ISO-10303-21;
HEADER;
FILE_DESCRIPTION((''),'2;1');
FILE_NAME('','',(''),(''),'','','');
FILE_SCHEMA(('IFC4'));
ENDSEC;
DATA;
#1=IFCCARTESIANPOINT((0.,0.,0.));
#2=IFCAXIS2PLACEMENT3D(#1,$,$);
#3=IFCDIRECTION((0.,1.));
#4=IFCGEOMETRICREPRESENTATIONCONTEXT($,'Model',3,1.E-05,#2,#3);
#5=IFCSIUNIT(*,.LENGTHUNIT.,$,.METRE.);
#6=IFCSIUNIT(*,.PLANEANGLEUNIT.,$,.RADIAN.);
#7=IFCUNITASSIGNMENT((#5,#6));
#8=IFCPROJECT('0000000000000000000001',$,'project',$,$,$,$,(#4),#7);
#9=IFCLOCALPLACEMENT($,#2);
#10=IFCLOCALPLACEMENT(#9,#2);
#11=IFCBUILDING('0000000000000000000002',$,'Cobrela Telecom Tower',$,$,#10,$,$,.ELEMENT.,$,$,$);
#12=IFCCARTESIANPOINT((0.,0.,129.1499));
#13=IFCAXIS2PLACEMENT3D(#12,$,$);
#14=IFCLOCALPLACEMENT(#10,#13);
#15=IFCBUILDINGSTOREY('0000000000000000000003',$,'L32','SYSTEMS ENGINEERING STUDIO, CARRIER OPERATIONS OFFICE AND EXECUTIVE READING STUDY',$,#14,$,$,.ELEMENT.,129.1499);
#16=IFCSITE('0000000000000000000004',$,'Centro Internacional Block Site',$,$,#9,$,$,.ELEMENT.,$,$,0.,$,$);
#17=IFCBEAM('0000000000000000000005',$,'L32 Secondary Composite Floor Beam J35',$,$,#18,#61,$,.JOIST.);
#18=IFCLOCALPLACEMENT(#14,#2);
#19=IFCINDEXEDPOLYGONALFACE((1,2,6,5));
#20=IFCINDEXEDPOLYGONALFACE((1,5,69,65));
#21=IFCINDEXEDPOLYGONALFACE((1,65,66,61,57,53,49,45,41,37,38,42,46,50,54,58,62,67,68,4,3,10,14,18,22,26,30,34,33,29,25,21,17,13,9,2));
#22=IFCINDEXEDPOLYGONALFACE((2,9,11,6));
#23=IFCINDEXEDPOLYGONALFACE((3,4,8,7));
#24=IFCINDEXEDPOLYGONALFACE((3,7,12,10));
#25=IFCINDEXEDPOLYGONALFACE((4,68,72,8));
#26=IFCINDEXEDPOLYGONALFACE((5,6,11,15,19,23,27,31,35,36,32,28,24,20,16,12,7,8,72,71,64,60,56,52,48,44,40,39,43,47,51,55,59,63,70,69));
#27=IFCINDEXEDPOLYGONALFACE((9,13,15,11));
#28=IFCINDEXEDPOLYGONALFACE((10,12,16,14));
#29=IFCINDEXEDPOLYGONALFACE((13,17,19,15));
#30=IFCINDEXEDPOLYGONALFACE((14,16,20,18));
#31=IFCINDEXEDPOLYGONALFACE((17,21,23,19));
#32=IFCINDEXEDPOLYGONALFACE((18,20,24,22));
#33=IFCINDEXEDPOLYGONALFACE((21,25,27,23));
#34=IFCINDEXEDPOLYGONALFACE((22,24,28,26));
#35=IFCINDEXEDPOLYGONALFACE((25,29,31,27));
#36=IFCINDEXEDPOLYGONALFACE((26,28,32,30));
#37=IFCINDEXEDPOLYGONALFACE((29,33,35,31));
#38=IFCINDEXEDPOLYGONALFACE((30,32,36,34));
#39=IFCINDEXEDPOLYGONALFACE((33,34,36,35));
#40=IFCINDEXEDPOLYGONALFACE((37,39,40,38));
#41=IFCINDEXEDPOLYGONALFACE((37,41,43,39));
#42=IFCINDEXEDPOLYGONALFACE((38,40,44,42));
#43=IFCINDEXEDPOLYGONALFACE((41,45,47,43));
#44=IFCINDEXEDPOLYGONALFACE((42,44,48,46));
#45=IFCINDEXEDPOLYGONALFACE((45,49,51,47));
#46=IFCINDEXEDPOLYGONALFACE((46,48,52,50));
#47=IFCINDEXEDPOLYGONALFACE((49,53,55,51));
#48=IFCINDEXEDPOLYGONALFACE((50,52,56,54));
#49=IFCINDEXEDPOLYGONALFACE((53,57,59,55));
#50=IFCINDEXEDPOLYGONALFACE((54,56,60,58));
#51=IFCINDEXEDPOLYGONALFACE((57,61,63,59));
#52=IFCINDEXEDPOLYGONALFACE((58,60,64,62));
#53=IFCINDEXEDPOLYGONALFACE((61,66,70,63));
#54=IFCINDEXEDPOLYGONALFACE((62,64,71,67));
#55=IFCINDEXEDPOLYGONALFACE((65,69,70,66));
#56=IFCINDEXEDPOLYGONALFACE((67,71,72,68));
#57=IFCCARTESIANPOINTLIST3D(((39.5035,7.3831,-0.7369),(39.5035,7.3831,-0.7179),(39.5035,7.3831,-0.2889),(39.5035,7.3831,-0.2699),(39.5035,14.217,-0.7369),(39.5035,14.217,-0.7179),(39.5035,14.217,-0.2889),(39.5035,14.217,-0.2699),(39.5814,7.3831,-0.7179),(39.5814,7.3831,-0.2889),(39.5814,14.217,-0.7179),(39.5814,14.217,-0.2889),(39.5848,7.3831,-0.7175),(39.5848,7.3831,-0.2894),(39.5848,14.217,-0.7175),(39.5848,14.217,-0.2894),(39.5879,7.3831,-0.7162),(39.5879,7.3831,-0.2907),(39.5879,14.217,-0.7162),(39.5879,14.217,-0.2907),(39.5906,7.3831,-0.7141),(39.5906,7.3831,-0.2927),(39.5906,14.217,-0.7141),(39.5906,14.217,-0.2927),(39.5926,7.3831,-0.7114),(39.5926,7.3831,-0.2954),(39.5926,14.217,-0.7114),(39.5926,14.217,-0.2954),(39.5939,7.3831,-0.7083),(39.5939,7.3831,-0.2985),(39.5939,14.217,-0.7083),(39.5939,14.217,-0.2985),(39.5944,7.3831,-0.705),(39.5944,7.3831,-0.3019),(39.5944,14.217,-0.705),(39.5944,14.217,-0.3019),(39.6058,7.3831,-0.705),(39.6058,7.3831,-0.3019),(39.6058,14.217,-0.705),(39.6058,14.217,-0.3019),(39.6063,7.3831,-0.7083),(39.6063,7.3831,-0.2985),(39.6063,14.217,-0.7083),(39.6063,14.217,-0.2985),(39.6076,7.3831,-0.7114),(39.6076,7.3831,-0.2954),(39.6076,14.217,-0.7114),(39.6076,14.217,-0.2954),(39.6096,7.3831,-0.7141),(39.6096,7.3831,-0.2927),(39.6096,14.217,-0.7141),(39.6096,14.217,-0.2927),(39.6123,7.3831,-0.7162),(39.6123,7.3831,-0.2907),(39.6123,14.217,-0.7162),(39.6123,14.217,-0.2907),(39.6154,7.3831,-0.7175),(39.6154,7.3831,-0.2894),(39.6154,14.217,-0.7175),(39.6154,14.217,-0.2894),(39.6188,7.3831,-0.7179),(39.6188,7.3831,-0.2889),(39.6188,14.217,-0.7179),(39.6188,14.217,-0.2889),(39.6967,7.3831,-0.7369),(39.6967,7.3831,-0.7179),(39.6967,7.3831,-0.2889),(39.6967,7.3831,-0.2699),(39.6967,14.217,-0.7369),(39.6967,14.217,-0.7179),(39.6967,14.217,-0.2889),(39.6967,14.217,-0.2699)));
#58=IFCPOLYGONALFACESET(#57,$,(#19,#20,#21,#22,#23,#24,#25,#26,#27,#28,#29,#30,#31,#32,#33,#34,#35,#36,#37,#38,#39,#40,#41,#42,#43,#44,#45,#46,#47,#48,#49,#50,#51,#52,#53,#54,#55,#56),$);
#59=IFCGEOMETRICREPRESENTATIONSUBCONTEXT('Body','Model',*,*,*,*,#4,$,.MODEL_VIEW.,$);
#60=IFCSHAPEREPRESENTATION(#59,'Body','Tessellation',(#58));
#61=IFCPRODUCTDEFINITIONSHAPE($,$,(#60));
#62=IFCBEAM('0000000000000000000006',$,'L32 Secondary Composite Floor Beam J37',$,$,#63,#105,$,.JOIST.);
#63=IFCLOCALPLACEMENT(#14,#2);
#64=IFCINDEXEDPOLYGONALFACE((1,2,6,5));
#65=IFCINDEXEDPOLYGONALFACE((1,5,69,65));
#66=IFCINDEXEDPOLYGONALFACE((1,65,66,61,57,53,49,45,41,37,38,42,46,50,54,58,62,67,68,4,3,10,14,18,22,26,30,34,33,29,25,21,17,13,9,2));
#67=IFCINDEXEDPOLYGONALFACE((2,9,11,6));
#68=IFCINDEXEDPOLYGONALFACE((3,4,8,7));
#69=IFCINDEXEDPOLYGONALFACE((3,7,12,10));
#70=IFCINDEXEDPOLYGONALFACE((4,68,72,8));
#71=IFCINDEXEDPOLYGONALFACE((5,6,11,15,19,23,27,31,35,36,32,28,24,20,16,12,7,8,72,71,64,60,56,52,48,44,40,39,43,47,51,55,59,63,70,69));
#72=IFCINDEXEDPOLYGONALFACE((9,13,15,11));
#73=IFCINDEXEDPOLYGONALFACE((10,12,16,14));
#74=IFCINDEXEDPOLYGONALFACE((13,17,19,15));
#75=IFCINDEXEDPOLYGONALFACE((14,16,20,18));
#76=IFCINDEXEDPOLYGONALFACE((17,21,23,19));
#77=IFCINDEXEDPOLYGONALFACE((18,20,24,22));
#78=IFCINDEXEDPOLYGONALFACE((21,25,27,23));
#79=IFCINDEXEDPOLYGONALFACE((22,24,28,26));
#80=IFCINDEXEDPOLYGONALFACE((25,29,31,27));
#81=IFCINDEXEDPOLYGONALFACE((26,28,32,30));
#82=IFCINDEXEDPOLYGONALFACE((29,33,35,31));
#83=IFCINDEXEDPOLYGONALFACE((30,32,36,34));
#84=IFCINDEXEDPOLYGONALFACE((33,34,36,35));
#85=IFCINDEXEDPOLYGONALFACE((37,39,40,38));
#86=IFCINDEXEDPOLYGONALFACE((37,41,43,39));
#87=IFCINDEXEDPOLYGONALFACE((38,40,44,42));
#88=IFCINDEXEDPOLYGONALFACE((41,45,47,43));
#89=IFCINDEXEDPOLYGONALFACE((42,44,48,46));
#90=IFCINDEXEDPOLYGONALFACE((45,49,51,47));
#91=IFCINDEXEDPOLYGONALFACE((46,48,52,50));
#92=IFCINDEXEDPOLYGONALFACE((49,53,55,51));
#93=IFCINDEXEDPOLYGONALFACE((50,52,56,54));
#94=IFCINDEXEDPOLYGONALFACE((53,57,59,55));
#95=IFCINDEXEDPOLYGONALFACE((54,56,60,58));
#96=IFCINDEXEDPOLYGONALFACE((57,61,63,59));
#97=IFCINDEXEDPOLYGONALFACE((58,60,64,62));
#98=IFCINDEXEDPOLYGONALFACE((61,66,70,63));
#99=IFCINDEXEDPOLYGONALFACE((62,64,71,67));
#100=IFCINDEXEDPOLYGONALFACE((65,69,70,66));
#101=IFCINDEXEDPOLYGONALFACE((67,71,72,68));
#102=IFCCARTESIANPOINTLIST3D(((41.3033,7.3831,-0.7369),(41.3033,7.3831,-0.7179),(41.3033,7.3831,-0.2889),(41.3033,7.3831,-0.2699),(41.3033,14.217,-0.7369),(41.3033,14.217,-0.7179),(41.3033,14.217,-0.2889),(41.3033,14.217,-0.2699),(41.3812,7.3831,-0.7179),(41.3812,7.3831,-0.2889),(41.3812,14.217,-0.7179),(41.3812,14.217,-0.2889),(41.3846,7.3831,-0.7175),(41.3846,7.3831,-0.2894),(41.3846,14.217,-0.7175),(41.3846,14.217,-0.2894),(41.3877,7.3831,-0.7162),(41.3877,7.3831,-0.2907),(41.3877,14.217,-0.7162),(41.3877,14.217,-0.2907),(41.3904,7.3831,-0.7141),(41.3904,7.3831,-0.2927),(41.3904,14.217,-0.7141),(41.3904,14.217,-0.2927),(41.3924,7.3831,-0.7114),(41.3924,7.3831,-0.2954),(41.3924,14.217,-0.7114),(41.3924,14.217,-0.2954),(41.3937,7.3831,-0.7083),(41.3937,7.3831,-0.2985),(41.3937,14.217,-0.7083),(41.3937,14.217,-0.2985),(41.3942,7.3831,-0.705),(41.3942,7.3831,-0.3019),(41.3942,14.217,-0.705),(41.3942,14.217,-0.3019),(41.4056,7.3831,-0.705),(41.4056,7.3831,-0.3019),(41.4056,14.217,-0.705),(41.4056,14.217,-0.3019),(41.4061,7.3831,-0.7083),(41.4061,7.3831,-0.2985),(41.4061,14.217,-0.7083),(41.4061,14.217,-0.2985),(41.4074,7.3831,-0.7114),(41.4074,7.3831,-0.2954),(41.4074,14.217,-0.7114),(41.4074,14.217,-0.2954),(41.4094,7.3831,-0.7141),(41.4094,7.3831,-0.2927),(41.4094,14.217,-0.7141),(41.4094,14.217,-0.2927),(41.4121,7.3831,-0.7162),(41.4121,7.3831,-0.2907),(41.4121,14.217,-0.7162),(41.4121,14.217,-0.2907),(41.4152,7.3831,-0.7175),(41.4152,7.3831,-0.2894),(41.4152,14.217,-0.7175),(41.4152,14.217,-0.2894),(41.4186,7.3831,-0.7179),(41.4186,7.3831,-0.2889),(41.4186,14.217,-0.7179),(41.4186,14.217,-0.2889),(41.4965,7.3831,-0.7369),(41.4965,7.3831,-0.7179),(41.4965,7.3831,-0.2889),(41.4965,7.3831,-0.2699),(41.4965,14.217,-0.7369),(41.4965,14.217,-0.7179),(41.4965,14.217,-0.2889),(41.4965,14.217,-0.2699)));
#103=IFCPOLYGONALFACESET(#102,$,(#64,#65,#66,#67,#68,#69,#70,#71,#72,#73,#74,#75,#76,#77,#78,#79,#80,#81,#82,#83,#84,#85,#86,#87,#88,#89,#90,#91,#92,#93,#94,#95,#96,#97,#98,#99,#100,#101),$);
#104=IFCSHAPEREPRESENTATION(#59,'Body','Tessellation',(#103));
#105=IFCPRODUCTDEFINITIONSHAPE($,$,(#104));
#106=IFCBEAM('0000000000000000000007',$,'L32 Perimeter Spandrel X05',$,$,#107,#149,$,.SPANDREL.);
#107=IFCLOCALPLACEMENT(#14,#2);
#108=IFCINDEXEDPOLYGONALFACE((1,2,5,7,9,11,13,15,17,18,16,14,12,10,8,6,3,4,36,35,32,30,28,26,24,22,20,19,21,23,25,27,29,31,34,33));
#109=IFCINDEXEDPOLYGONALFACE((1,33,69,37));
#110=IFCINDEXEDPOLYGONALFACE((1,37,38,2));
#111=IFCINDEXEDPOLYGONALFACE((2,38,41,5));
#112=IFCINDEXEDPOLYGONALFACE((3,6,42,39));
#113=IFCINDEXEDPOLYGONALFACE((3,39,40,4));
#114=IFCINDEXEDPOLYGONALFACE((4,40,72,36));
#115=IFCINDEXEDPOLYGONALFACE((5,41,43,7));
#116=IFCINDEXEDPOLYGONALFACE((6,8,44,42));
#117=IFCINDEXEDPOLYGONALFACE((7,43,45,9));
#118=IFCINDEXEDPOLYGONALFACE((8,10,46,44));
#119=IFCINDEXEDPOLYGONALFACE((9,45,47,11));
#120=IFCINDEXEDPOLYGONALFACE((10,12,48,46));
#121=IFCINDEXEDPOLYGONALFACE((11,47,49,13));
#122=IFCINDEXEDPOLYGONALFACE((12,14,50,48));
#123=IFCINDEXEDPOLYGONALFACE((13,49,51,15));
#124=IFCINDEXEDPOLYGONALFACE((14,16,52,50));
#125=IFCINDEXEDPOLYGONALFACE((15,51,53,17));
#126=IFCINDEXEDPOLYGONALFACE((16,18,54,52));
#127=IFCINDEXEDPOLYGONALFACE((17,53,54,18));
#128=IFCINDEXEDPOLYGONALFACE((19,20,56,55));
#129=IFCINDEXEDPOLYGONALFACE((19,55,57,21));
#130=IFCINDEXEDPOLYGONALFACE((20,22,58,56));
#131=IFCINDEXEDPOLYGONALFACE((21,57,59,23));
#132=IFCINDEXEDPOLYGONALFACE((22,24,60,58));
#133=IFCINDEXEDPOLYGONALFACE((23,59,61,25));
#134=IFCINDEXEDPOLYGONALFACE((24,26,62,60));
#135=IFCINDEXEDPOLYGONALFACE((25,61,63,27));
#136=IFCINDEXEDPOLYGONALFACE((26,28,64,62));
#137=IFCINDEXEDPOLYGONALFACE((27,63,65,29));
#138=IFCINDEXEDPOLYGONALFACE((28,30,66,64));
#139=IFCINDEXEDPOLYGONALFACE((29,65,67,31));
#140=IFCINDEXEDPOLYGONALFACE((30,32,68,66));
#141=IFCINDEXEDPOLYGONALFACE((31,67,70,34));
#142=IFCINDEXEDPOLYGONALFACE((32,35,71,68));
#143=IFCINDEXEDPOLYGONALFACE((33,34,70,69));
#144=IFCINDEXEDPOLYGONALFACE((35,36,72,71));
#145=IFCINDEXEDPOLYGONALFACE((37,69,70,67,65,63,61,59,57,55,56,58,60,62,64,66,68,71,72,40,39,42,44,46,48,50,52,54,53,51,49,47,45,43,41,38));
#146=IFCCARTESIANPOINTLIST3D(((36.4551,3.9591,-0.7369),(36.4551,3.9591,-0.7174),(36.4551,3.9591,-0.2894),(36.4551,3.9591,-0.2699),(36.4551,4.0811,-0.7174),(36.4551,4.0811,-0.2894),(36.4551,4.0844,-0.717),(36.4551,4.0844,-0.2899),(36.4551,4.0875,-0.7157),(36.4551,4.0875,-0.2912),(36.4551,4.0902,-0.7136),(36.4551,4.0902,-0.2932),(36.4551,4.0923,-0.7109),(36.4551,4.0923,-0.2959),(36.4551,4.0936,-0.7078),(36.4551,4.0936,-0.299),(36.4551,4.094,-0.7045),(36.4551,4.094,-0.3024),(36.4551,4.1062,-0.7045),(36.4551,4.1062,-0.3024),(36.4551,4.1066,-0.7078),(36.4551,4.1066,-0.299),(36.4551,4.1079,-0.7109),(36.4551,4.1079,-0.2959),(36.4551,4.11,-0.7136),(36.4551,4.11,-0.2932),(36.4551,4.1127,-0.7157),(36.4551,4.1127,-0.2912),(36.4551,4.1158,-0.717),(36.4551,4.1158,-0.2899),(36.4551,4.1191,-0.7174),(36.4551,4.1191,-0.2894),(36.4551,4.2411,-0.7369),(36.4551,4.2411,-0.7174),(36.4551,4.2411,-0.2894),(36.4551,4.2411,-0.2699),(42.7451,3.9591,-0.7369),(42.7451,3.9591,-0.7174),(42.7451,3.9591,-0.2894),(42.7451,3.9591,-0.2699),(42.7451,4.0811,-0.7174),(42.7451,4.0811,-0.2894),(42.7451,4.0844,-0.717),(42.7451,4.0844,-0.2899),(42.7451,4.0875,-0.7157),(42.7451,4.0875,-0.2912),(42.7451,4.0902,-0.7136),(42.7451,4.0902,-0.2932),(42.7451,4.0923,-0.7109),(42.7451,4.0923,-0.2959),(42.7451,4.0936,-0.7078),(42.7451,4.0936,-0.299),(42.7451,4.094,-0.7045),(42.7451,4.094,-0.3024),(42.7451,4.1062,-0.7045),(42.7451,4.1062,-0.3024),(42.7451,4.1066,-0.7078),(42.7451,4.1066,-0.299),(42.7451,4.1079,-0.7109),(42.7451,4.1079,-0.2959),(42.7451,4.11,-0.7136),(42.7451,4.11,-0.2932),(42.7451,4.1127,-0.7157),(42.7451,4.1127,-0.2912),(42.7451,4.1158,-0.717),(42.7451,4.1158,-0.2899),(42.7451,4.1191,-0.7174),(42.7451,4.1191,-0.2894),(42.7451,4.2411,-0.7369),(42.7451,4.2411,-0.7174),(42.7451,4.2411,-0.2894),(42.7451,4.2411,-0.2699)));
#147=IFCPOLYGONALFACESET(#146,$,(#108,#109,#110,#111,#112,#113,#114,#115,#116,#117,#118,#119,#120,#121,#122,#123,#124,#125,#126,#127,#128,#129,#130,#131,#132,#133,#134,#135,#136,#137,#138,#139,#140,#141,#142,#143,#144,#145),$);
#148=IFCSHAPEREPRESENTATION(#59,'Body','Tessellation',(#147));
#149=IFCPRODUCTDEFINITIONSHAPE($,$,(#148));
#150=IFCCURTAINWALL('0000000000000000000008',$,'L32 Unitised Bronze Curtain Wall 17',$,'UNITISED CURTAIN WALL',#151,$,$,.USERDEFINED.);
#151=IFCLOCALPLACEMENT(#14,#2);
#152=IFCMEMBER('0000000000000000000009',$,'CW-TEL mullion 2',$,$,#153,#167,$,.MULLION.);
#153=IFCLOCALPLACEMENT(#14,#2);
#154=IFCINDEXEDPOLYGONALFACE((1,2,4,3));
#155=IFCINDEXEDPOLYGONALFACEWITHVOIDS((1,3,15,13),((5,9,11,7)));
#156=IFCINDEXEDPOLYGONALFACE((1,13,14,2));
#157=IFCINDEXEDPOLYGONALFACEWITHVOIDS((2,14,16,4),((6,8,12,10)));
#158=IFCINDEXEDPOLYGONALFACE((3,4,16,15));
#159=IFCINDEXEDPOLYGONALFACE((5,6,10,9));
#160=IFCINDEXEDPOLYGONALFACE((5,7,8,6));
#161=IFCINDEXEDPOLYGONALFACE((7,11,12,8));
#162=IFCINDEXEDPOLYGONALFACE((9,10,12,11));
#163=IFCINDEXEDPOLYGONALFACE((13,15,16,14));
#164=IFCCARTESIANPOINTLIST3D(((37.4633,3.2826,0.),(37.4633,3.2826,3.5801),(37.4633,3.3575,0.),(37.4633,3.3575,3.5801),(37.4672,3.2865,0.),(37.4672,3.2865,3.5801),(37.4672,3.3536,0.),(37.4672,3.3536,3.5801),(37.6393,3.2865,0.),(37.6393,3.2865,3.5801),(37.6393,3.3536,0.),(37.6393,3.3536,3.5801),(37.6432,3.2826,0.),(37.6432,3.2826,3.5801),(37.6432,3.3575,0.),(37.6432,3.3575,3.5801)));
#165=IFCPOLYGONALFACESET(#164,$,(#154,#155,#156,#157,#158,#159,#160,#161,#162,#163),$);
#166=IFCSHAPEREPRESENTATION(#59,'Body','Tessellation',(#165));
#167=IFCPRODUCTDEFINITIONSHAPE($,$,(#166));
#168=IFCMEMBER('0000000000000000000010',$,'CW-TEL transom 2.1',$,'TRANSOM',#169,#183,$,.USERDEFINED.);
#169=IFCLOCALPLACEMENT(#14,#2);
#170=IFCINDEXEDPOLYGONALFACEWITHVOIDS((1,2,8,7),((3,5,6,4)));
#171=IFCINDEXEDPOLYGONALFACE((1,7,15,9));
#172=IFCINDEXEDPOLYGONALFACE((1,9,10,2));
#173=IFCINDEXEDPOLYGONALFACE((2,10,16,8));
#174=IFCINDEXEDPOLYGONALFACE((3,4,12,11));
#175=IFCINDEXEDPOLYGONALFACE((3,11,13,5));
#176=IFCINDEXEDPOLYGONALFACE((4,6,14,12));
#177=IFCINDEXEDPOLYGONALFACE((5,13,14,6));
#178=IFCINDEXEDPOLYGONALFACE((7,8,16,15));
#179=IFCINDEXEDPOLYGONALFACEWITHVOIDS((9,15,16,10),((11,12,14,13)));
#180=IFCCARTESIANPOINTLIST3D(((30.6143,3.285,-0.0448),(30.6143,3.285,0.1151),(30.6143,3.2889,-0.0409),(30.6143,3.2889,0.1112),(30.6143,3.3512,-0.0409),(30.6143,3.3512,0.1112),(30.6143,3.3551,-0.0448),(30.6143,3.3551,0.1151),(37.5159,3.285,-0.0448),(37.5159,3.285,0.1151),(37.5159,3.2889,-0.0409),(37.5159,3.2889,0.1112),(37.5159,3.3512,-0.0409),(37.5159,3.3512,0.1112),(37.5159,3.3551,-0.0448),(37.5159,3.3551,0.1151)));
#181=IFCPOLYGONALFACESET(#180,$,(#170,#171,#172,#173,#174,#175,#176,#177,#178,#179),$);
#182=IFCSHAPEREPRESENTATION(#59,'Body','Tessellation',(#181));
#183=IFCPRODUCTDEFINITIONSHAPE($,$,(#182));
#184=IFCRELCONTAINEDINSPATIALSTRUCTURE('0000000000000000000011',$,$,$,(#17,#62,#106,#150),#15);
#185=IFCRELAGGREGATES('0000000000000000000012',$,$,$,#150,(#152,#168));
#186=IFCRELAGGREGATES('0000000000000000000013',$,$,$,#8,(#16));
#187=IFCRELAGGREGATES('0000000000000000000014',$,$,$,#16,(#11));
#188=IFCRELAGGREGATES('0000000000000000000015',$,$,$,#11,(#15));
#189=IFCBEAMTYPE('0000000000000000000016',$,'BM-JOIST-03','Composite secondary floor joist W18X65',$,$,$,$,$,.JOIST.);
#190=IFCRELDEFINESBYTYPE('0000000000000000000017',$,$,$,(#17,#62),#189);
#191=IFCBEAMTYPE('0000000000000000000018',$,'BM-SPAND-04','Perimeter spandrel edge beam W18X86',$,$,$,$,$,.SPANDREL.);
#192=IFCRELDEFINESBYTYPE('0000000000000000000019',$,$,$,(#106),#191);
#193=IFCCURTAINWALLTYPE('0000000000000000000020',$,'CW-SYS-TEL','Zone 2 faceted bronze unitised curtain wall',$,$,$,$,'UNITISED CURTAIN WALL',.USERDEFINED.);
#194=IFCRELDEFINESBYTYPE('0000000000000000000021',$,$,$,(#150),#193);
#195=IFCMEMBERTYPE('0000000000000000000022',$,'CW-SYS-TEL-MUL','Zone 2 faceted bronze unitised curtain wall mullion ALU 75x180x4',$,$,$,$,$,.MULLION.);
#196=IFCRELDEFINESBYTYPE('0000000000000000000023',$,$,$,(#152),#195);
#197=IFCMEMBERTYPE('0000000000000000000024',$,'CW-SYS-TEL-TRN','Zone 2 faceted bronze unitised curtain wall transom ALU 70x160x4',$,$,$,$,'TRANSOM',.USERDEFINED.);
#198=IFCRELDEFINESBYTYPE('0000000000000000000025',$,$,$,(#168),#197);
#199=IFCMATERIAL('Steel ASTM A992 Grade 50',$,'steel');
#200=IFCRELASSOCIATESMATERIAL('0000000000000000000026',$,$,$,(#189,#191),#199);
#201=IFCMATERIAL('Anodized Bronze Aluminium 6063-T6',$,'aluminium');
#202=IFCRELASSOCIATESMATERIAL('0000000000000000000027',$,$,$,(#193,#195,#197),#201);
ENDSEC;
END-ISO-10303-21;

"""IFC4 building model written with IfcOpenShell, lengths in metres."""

from ifc_helpers import new_model, si_unit, direction, frame, origin, origin_2d, place, context, subcontext, project, spatial, hollow_rectangle, i_section, extrude, material, material_profile, profile_set, type_object, element, aggregate, save


model = new_model("IFC4")

# Units and contexts
model_context = context("Model", 3, precision=1e-05, world=origin(), true_north=direction((0.0, 1.0)))
body_context = subcontext(model_context, "Body", "Model", "MODEL_VIEW")
ifc_project = project(units=[si_unit("LENGTHUNIT", "METRE"), si_unit("PLANEANGLEUNIT", "RADIAN")], contexts=[model_context])

# Site, building, storey
site_placement = place(None, origin())
site = spatial("IfcSite", under=ifc_project, at=site_placement, Name="Centro Internacional Block Site", CompositionType="ELEMENT", RefElevation=0.0)
building_placement = place(site_placement, origin())
building = spatial("IfcBuilding", under=site, at=building_placement, Name="Cobrela Telecom Tower", CompositionType="ELEMENT")
storey_placement = place(building_placement, frame((0.0, 0.0, 129.1499)))
storey = spatial("IfcBuildingStorey", under=building, at=storey_placement, Name="L32", Description="SYSTEMS ENGINEERING STUDIO, CARRIER OPERATIONS OFFICE AND EXECUTIVE READING STUDY", CompositionType="ELEMENT", Elevation=129.1499)

# Shared definitions
ifc_material_1 = material(Name="Steel ASTM A992 Grade 50", Category="steel")

# Beams
ifc_material_profile_1 = material_profile(ifc_material_1, i_section(OverallWidth=0.1931, OverallDepth=0.467, WebThickness=0.0115, FlangeThickness=0.019, FilletRadius=0.0129, at=origin_2d()), Name="W18X65")
ifc_profile_set_1 = profile_set([ifc_material_profile_1], Name="Steel ASTM A992 Grade 50")
beam_type_1 = type_object("IfcBeamType", Name="BM-JOIST-03", Description="Composite secondary floor joist W18X65", PredefinedType="JOIST", material=ifc_profile_set_1)
for number, where, z_axis, x_axis, name in (
    (1, (39.6001, 7.3831, -0.5034), (0.0, 1.0, 0.0), (-1.0, 0.0, 0.0), "L32 Secondary Composite Floor Beam J35"),
    (2, (41.3999, 7.3831, -0.5034), (0.0, 1.0, 0.0), (-1.0, 0.0, 0.0), "L32 Secondary Composite Floor Beam J37"),
):
    element("IfcBeam", number, at=place(storey_placement, frame(where, z_axis=z_axis, x_axis=x_axis)), inside=storey, type_object=beam_type_1, Name=name, PredefinedType="JOIST", context=body_context, shape_type="SweptSolid", body=[
        extrude(i_section(OverallWidth=0.1931, OverallDepth=0.467, WebThickness=0.0115, FlangeThickness=0.019, FilletRadius=0.0129, at=origin_2d()), origin(), (0.0, 0.0, 1.0), 6.834),
    ])
ifc_material_profile_2 = material_profile(ifc_material_1, i_section(OverallWidth=0.282, OverallDepth=0.467, WebThickness=0.0122, FlangeThickness=0.0195, FilletRadius=0.0129, at=origin_2d()), Name="W18X86")
ifc_profile_set_2 = profile_set([ifc_material_profile_2], Name="Steel ASTM A992 Grade 50")
beam_type_2 = type_object("IfcBeamType", Name="BM-SPAND-04", Description="Perimeter spandrel edge beam W18X86", PredefinedType="SPANDREL", material=ifc_profile_set_2)
beam_1_placement = place(storey_placement, frame((36.4551, 4.1001, -0.5034), z_axis=(1.0, 0.0, 0.0), x_axis=(0.0, 1.0, 0.0)))
element("IfcBeam", 3, at=beam_1_placement, inside=storey, type_object=beam_type_2, Name="L32 Perimeter Spandrel X05", PredefinedType="SPANDREL", context=body_context, shape_type="SweptSolid", body=[
    extrude(i_section(OverallWidth=0.282, OverallDepth=0.467, WebThickness=0.0122, FlangeThickness=0.0195, FilletRadius=0.0129, at=origin_2d()), origin(), (0.0, 0.0, 1.0), 6.29),
])

# Curtain wall, members
ifc_material_2 = material(Name="Anodized Bronze Aluminium 6063-T6", Category="aluminium")
curtain_wall_type = type_object("IfcCurtainWallType", Name="CW-SYS-TEL", Description="Zone 2 faceted bronze unitised curtain wall", ElementType="UNITISED CURTAIN WALL", PredefinedType="USERDEFINED", material=ifc_material_2)
curtain_wall_placement = place(storey_placement, origin())
curtain_wall = element("IfcCurtainWall", 4, at=curtain_wall_placement, inside=storey, type_object=curtain_wall_type, Name="L32 Unitised Bronze Curtain Wall 17", ObjectType="UNITISED CURTAIN WALL", PredefinedType="USERDEFINED")
ifc_material_profile_3 = material_profile(ifc_material_2, hollow_rectangle(XDim=0.075, YDim=0.1799, WallThickness=0.0039, at=origin_2d()), Name="ALU 75x180x4")
ifc_profile_set_3 = profile_set([ifc_material_profile_3], Name="Anodized Bronze Aluminium 6063-T6")
member_type_1 = type_object("IfcMemberType", Name="CW-SYS-TEL-MUL", Description="Zone 2 faceted bronze unitised curtain wall mullion ALU 75x180x4", PredefinedType="MULLION", material=ifc_profile_set_3)
member_1_placement = place(storey_placement, frame((37.5532, 3.3201, 0.0), z_axis=(0.0, 0.0, 1.0), x_axis=(0.0, -1.0, 0.0)))
member_1 = element("IfcMember", 5, at=member_1_placement, type_object=member_type_1, Name="CW-TEL mullion 2", PredefinedType="MULLION", context=body_context, shape_type="SweptSolid", body=[
    extrude(hollow_rectangle(XDim=0.075, YDim=0.1799, WallThickness=0.0039, at=origin_2d()), origin(), (0.0, 0.0, 1.0), 3.5801),
])
ifc_material_profile_4 = material_profile(ifc_material_2, hollow_rectangle(XDim=0.0701, YDim=0.1599, WallThickness=0.0039, at=origin_2d()), Name="ALU 70x160x4")
ifc_profile_set_4 = profile_set([ifc_material_profile_4], Name="Anodized Bronze Aluminium 6063-T6")
member_type_2 = type_object("IfcMemberType", Name="CW-SYS-TEL-TRN", Description="Zone 2 faceted bronze unitised curtain wall transom ALU 70x160x4", ElementType="TRANSOM", PredefinedType="USERDEFINED", material=ifc_profile_set_4)
member_2_placement = place(storey_placement, frame((37.5159, 3.3201, 0.0352), z_axis=(-1.0, 0.0, 0.0), x_axis=(0.0, -1.0, 0.0)))
member_2 = element("IfcMember", 6, at=member_2_placement, type_object=member_type_2, Name="CW-TEL transom 2.1", ObjectType="TRANSOM", PredefinedType="USERDEFINED", context=body_context, shape_type="SweptSolid", body=[
    extrude(hollow_rectangle(XDim=0.0701, YDim=0.1599, WallThickness=0.0039, at=origin_2d()), origin(), (0.0, 0.0, 1.0), 6.9016),
])
aggregate(curtain_wall, [member_1, member_2])

save(model, "model.ifc")
